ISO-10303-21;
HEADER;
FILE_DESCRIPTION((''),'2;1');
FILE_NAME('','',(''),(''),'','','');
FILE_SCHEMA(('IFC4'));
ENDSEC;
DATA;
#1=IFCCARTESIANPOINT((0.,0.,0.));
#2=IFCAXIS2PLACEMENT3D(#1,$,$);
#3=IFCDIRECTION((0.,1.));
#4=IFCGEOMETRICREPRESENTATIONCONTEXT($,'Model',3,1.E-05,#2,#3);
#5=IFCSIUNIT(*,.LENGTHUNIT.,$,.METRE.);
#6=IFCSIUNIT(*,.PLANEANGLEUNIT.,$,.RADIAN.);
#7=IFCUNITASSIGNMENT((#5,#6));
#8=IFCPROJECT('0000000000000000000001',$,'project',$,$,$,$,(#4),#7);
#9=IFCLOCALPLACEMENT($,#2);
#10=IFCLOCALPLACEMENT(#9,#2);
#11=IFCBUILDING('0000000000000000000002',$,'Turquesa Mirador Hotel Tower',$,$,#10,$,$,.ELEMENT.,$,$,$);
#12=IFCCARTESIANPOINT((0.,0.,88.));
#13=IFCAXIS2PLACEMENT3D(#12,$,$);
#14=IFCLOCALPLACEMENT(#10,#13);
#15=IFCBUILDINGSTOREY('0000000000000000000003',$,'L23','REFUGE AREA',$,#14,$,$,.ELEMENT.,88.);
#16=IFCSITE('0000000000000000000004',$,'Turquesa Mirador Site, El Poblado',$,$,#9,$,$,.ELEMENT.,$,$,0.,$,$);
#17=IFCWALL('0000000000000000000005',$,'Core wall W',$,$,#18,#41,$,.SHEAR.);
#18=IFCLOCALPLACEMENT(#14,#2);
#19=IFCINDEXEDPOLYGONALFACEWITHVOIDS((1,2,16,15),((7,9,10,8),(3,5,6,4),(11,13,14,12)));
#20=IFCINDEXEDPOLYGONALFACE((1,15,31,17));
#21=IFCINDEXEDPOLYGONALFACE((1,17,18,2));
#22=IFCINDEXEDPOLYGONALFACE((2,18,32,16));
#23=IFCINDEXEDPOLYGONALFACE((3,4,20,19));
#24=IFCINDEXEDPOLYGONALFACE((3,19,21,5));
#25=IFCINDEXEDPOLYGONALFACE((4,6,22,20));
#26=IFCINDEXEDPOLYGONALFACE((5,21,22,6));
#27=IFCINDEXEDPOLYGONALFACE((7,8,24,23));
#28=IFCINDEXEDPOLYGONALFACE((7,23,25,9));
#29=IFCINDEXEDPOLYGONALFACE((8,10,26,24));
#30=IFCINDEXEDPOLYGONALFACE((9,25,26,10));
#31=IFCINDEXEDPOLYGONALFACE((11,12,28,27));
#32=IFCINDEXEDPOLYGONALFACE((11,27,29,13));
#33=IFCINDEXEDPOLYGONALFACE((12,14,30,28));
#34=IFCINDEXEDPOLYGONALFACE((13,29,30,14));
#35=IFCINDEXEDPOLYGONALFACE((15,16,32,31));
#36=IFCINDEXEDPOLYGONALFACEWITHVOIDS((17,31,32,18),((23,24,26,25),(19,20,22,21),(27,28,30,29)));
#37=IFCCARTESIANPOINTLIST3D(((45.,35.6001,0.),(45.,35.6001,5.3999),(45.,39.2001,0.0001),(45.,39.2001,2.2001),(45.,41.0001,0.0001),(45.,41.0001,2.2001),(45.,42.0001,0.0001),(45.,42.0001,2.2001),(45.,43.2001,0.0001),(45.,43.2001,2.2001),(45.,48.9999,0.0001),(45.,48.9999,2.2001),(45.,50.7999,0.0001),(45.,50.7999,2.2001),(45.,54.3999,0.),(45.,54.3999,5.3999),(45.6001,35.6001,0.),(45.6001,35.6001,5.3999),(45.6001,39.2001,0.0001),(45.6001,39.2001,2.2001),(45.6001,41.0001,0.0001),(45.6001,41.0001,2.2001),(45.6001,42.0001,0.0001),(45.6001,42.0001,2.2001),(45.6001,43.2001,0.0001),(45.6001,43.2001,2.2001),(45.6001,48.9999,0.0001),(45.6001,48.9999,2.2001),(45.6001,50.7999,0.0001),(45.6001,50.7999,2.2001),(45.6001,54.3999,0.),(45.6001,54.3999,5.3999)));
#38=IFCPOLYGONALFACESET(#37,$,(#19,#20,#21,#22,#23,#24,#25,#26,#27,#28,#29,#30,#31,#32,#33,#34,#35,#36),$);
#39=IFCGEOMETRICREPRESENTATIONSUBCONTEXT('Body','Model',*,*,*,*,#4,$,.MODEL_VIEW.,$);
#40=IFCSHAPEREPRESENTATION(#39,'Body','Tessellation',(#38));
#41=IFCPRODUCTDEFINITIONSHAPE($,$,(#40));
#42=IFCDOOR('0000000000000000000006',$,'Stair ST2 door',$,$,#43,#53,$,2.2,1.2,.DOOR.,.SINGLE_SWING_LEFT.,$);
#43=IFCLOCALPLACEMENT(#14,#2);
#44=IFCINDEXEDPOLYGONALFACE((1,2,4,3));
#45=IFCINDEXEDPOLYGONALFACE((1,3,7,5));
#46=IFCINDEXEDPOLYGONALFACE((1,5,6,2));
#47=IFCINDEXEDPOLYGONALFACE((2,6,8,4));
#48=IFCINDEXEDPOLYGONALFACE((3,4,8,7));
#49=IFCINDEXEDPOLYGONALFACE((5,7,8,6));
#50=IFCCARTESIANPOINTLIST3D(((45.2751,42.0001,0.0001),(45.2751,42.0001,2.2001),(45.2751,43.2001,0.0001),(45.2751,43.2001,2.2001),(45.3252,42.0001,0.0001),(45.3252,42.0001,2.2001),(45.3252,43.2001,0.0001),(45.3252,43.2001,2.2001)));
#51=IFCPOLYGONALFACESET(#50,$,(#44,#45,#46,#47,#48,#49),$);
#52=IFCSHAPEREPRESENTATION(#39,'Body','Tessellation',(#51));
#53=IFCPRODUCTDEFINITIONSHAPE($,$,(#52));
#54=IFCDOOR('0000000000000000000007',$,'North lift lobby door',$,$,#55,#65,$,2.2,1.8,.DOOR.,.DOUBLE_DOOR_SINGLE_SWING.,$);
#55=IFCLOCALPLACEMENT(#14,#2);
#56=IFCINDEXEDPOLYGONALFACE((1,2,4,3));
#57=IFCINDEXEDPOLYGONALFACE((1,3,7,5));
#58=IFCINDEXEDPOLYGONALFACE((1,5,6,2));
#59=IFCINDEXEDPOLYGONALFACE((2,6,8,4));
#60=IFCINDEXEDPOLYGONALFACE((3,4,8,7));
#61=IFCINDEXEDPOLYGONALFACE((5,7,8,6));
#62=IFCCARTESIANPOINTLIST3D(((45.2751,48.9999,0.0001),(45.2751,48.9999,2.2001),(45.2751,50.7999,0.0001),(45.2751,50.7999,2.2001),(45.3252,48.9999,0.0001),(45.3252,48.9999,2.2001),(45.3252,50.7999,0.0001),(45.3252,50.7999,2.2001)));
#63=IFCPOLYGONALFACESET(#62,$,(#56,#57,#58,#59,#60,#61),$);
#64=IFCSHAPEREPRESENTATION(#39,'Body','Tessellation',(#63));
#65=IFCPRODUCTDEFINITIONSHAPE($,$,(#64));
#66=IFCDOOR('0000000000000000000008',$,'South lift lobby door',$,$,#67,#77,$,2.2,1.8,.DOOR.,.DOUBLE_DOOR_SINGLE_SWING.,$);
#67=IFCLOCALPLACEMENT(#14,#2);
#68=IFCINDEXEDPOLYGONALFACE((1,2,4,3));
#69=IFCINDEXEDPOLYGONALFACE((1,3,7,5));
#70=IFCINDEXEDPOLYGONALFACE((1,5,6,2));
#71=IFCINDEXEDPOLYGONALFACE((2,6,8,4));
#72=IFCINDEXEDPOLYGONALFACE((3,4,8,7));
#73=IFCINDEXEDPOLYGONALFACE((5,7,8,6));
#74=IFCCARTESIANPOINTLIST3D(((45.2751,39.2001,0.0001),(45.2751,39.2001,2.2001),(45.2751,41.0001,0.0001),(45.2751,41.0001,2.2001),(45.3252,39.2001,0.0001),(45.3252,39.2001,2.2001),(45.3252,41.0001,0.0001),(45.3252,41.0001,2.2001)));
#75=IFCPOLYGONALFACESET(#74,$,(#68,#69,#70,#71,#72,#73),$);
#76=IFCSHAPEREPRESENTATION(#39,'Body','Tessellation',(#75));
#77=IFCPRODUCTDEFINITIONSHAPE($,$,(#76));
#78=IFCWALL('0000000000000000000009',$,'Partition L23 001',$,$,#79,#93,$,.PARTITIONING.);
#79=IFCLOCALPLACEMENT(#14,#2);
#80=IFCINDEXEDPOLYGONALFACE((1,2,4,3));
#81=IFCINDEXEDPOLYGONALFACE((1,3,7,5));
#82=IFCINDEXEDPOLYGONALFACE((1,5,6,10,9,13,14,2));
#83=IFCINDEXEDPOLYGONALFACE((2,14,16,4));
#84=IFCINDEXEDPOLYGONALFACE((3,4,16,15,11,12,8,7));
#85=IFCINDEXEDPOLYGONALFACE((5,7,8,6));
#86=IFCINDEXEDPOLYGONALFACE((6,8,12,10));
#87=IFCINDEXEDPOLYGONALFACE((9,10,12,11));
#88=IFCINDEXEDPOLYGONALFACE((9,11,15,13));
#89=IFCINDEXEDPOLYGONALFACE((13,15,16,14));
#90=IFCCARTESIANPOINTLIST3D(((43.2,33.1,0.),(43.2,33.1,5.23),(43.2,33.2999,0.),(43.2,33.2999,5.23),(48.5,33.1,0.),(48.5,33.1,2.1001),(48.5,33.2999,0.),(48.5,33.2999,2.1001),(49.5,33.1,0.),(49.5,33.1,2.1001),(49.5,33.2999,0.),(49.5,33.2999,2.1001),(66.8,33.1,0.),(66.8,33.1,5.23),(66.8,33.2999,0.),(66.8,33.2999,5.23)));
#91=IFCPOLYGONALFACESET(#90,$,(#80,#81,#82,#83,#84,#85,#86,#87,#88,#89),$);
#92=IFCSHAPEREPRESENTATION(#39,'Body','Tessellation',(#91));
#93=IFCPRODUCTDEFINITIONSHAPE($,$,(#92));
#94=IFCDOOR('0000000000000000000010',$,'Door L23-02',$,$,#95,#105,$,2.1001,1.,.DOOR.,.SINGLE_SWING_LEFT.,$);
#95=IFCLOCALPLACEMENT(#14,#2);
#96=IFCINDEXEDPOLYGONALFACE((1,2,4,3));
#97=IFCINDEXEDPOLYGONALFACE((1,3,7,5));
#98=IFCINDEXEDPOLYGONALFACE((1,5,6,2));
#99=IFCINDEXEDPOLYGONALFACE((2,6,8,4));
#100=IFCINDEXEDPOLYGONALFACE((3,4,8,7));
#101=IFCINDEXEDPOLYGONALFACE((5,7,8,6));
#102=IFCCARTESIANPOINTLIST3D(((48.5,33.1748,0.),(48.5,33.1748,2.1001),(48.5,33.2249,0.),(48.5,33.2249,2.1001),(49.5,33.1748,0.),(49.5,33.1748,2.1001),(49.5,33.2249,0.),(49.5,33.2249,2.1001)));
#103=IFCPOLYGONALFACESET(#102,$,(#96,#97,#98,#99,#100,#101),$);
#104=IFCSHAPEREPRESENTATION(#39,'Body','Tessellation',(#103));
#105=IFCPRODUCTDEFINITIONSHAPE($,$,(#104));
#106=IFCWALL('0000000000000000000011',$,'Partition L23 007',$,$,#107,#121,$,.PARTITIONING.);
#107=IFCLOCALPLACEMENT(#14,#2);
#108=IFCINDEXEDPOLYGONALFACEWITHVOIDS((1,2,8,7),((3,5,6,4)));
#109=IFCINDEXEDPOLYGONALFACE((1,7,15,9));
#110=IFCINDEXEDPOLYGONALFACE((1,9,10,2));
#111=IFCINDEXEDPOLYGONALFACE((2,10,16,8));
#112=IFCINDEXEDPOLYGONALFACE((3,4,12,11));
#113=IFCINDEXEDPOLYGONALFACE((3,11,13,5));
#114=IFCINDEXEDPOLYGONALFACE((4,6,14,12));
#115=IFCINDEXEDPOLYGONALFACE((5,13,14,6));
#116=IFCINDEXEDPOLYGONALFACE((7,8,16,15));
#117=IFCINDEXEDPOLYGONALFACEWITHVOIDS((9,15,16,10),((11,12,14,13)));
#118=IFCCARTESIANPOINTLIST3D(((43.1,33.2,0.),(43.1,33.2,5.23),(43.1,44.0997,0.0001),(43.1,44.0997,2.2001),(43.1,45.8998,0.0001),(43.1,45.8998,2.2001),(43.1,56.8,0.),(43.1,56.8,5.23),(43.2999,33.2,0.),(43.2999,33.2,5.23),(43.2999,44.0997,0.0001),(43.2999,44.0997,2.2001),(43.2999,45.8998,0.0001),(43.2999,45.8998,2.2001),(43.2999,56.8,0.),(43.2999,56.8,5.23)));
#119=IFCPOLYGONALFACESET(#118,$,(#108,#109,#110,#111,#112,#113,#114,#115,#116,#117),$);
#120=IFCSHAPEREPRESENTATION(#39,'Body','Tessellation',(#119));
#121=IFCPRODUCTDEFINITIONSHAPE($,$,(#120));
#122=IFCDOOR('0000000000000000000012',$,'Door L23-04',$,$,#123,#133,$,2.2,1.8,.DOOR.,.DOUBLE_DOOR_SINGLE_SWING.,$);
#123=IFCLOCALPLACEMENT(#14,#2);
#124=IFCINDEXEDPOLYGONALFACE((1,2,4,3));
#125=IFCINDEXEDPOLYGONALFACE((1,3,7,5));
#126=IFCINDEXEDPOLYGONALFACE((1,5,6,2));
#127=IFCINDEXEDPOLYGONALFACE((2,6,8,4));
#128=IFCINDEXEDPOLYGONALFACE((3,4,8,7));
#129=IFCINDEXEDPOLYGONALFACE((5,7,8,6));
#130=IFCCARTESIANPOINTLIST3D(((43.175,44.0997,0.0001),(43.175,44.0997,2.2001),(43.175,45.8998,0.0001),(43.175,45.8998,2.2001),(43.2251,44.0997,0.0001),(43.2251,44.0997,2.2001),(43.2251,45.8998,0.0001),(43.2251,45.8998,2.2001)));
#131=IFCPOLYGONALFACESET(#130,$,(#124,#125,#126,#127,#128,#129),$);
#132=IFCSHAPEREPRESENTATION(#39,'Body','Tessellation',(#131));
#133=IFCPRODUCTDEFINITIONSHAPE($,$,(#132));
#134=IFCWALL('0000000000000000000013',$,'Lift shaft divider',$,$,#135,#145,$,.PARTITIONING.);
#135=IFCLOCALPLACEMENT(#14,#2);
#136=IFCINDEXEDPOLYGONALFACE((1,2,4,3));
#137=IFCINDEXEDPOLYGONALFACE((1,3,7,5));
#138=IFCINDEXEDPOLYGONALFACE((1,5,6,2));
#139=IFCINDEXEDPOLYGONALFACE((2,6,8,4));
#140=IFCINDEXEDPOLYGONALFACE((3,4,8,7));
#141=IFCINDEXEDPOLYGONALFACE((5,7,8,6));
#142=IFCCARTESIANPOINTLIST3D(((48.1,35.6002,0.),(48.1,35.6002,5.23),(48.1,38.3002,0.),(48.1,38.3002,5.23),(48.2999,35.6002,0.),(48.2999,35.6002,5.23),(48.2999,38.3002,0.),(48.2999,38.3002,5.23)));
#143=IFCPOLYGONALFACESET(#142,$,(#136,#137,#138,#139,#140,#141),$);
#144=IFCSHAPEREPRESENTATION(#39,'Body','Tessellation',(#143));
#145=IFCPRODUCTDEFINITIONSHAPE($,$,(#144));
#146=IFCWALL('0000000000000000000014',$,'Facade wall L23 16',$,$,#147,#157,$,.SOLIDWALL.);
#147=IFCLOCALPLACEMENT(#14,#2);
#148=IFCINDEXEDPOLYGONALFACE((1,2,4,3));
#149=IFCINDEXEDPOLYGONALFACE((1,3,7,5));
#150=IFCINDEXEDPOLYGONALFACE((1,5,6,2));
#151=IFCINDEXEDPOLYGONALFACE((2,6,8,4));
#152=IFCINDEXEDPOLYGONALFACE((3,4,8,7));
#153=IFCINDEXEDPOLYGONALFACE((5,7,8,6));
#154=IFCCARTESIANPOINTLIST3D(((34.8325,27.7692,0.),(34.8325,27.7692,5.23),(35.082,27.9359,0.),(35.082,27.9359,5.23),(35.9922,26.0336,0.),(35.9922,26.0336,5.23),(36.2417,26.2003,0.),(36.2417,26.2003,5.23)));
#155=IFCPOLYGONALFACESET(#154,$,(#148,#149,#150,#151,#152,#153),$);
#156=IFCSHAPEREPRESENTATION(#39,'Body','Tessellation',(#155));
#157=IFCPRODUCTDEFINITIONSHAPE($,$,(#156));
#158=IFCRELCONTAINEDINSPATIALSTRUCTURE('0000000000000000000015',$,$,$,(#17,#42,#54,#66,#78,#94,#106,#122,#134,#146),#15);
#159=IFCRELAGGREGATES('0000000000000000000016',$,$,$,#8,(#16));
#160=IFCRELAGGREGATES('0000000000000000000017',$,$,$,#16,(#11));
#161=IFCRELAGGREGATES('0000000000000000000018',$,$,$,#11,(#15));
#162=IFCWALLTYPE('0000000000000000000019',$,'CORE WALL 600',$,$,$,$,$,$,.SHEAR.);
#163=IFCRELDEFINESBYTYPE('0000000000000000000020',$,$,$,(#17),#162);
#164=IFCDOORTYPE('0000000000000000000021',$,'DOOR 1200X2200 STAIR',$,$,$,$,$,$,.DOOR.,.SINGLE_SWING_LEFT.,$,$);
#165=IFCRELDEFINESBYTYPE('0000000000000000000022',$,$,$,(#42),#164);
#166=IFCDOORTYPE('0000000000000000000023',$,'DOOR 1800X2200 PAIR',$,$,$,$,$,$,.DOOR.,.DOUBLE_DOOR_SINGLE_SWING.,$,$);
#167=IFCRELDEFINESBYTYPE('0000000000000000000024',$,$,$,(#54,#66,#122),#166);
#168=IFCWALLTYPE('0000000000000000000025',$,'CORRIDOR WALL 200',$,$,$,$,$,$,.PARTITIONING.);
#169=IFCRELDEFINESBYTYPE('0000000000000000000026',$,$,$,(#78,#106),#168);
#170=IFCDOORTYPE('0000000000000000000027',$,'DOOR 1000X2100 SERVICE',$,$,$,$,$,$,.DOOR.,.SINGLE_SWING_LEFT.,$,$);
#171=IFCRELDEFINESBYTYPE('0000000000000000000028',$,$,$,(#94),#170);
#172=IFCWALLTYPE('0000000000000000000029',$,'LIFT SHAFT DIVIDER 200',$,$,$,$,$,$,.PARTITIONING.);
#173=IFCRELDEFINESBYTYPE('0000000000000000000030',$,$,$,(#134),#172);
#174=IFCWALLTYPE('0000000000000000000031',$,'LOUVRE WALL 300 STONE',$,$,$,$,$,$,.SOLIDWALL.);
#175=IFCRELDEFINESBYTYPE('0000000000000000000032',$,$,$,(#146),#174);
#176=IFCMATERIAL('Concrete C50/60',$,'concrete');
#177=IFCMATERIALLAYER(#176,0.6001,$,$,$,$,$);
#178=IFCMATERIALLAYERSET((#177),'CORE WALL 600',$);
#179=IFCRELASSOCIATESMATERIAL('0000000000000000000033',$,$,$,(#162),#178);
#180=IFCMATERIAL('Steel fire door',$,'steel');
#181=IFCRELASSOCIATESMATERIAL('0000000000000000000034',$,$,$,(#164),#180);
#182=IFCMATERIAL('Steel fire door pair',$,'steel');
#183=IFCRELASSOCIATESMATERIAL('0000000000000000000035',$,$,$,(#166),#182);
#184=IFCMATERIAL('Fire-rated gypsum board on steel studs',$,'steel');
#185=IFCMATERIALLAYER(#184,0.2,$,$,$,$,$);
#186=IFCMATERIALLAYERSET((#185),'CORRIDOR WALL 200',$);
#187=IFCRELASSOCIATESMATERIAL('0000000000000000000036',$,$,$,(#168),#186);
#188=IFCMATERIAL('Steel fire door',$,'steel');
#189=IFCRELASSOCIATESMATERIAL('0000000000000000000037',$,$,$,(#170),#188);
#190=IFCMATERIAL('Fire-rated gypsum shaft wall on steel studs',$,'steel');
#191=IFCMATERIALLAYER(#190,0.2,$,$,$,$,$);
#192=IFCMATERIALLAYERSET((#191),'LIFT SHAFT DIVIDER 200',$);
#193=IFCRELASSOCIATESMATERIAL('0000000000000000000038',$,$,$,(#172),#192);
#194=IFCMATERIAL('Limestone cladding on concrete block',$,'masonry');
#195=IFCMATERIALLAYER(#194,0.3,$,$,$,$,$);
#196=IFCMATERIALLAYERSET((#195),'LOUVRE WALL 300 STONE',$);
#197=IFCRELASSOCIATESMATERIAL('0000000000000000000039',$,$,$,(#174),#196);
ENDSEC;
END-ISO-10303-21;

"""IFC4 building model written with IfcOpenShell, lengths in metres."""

from ifc_helpers import new_model, si_unit, direction, frame, frame_2d, origin, place, context, subcontext, project, spatial, rectangle, extrude, material, layer, layer_set, type_object, element, fill, save


model = new_model("IFC4")

# Units and contexts
model_context = context("Model", 3, precision=1e-05, world=origin(), true_north=direction((0.0, 1.0)))
body_context = subcontext(model_context, "Body", "Model", "MODEL_VIEW")
ifc_project = project(units=[si_unit("LENGTHUNIT", "METRE"), si_unit("PLANEANGLEUNIT", "RADIAN")], contexts=[model_context])

# Site, building, storey
site_placement = place(None, origin())
site = spatial("IfcSite", under=ifc_project, at=site_placement, Name="Turquesa Mirador Site, El Poblado", CompositionType="ELEMENT", RefElevation=0.0)
building_placement = place(site_placement, origin())
building = spatial("IfcBuilding", under=site, at=building_placement, Name="Turquesa Mirador Hotel Tower", CompositionType="ELEMENT")
storey_placement = place(building_placement, frame((0.0, 0.0, 88.0)))
storey = spatial("IfcBuildingStorey", under=building, at=storey_placement, Name="L23", Description="REFUGE AREA", CompositionType="ELEMENT", Elevation=88.0)

# Shared definitions
ifc_material_1 = material(Name="Concrete C50/60", Category="concrete")
ifc_layer_1 = layer(ifc_material_1, 0.6001)
ifc_layer_set_1 = layer_set([ifc_layer_1], Name="CORE WALL 600")
wall_type_1 = type_object("IfcWallType", Name="CORE WALL 600", PredefinedType="SHEAR", material=ifc_layer_set_1)

# Wall, openings, doors
wall_1_placement = place(storey_placement, frame((45.3, 35.6001, 0.0), z_axis=(0.0, 0.0, 1.0), x_axis=(0.0, 1.0, 0.0)))
wall_1 = element("IfcWall", 1, at=wall_1_placement, inside=storey, type_object=wall_type_1, Name="Core wall W", PredefinedType="SHEAR", context=body_context, shape_type="SweptSolid", body=[
    extrude(rectangle(XDim=18.7998, YDim=0.6001, at=frame_2d((9.3999, 0.0))), origin(), (0.0, 0.0, 1.0), 5.3999),
])
opening_1_placement = place(wall_1_placement, frame((13.3999, 0.0, 0.0)))
opening_1 = element("IfcOpeningElement", 2, at=opening_1_placement, cuts=wall_1, PredefinedType="OPENING", context=body_context, shape_type="SweptSolid", body=[
    extrude(rectangle(XDim=1.8, YDim=2.2, at=frame_2d((0.8999, 1.1001))), frame((0.0, 0.3101, 0.0), z_axis=(0.0, -1.0, 0.0), x_axis=(1.0, 0.0, 0.0)), (0.0, 0.0, 1.0), 0.6201),
])
opening_2_placement = place(wall_1_placement, frame((3.6001, 0.0, 0.0)))
opening_2 = element("IfcOpeningElement", 3, at=opening_2_placement, cuts=wall_1, PredefinedType="OPENING", context=body_context, shape_type="SweptSolid", body=[
    extrude(rectangle(XDim=1.8, YDim=2.2, at=frame_2d((0.8999, 1.1001))), frame((0.0, 0.3101, 0.0), z_axis=(0.0, -1.0, 0.0), x_axis=(1.0, 0.0, 0.0)), (0.0, 0.0, 1.0), 0.6201),
])
opening_3_placement = place(wall_1_placement, frame((6.3999, 0.0, 0.0)))
opening_3 = element("IfcOpeningElement", 4, at=opening_3_placement, cuts=wall_1, PredefinedType="OPENING", context=body_context, shape_type="SweptSolid", body=[
    extrude(rectangle(XDim=1.2, YDim=2.2, at=frame_2d((0.6001, 1.1001))), frame((0.0, 0.3101, 0.0), z_axis=(0.0, -1.0, 0.0), x_axis=(1.0, 0.0, 0.0)), (0.0, 0.0, 1.0), 0.6201),
])
ifc_material_2 = material(Name="Steel fire door", Category="steel")
door_type_1 = type_object("IfcDoorType", Name="DOOR 1200X2200 STAIR", OperationType="SINGLE_SWING_LEFT", PredefinedType="DOOR", material=ifc_material_2)
door_1_placement = place(opening_3_placement, origin())
door_1 = element("IfcDoor", 5, at=door_1_placement, inside=storey, type_object=door_type_1, Name="Stair ST2 door", OperationType="SINGLE_SWING_LEFT", OverallHeight=2.2, OverallWidth=1.2, PredefinedType="DOOR", context=body_context, shape_type="SweptSolid", body=[
    extrude(rectangle(XDim=1.2, YDim=2.2, at=frame_2d((0.6001, 1.1001))), frame((0.0, 0.0249, 0.0), z_axis=(0.0, -1.0, 0.0), x_axis=(1.0, 0.0, 0.0)), (0.0, 0.0, 1.0), 0.05),
])
fill(opening_3, door_1)
ifc_material_3 = material(Name="Steel fire door pair", Category="steel")
door_type_2 = type_object("IfcDoorType", Name="DOOR 1800X2200 PAIR", OperationType="DOUBLE_DOOR_SINGLE_SWING", PredefinedType="DOOR", material=ifc_material_3)
door_2_placement = place(opening_1_placement, origin())
door_2 = element("IfcDoor", 6, at=door_2_placement, inside=storey, type_object=door_type_2, Name="North lift lobby door", OperationType="DOUBLE_DOOR_SINGLE_SWING", OverallHeight=2.2, OverallWidth=1.8, PredefinedType="DOOR", context=body_context, shape_type="SweptSolid", body=[
    extrude(rectangle(XDim=1.8, YDim=2.2, at=frame_2d((0.8999, 1.1001))), frame((0.0, 0.0249, 0.0), z_axis=(0.0, -1.0, 0.0), x_axis=(1.0, 0.0, 0.0)), (0.0, 0.0, 1.0), 0.05),
])
fill(opening_1, door_2)
door_3_placement = place(opening_2_placement, origin())
door_3 = element("IfcDoor", 7, at=door_3_placement, inside=storey, type_object=door_type_2, Name="South lift lobby door", OperationType="DOUBLE_DOOR_SINGLE_SWING", OverallHeight=2.2, OverallWidth=1.8, PredefinedType="DOOR", context=body_context, shape_type="SweptSolid", body=[
    extrude(rectangle(XDim=1.8, YDim=2.2, at=frame_2d((0.8999, 1.1001))), frame((0.0, 0.0249, 0.0), z_axis=(0.0, -1.0, 0.0), x_axis=(1.0, 0.0, 0.0)), (0.0, 0.0, 1.0), 0.05),
])
fill(opening_2, door_3)

# Walls, openings, doors
ifc_material_4 = material(Name="Fire-rated gypsum board on steel studs", Category="steel")
ifc_layer_2 = layer(ifc_material_4, 0.2)
ifc_layer_set_2 = layer_set([ifc_layer_2], Name="CORRIDOR WALL 200")
wall_type_2 = type_object("IfcWallType", Name="CORRIDOR WALL 200", PredefinedType="PARTITIONING", material=ifc_layer_set_2)
wall_2_placement = place(storey_placement, frame((43.2, 33.2, 0.0), z_axis=(0.0, 0.0, 1.0), x_axis=(1.0, 0.0, 0.0)))
wall_2 = element("IfcWall", 8, at=wall_2_placement, inside=storey, type_object=wall_type_2, Name="Partition L23 001", PredefinedType="PARTITIONING", context=body_context, shape_type="SweptSolid", body=[
    extrude(rectangle(XDim=23.6001, YDim=0.2, at=frame_2d((11.8, 0.0))), origin(), (0.0, 0.0, 1.0), 5.23),
])
opening_4_placement = place(wall_2_placement, frame((5.3, 0.0, 0.0)))
opening_4 = element("IfcOpeningElement", 9, at=opening_4_placement, cuts=wall_2, PredefinedType="OPENING", context=body_context, shape_type="SweptSolid", body=[
    extrude(rectangle(XDim=1.0, YDim=2.1001, at=frame_2d((0.5, 1.05))), frame((0.0, 0.1099, 0.0), z_axis=(0.0, -1.0, 0.0), x_axis=(1.0, 0.0, 0.0)), (0.0, 0.0, 1.0), 0.22),
])
ifc_material_5 = material(Name="Steel fire door", Category="steel")
door_type_3 = type_object("IfcDoorType", Name="DOOR 1000X2100 SERVICE", OperationType="SINGLE_SWING_LEFT", PredefinedType="DOOR", material=ifc_material_5)
door_4_placement = place(opening_4_placement, origin())
door_4 = element("IfcDoor", 10, at=door_4_placement, inside=storey, type_object=door_type_3, Name="Door L23-02", OperationType="SINGLE_SWING_LEFT", OverallHeight=2.1001, OverallWidth=1.0, PredefinedType="DOOR", context=body_context, shape_type="SweptSolid", body=[
    extrude(rectangle(XDim=1.0, YDim=2.1001, at=frame_2d((0.5, 1.05))), frame((0.0, 0.0249, 0.0), z_axis=(0.0, -1.0, 0.0), x_axis=(1.0, 0.0, 0.0)), (0.0, 0.0, 1.0), 0.05),
])
fill(opening_4, door_4)
wall_3_placement = place(storey_placement, frame((43.2, 33.2, 0.0), z_axis=(0.0, 0.0, 1.0), x_axis=(0.0, 1.0, 0.0)))
wall_3 = element("IfcWall", 11, at=wall_3_placement, inside=storey, type_object=wall_type_2, Name="Partition L23 007", PredefinedType="PARTITIONING", context=body_context, shape_type="SweptSolid", body=[
    extrude(rectangle(XDim=23.6001, YDim=0.2, at=frame_2d((11.8, 0.0))), origin(), (0.0, 0.0, 1.0), 5.23),
])
opening_5_placement = place(wall_3_placement, frame((10.8999, 0.0, 0.0)))
opening_5 = element("IfcOpeningElement", 12, at=opening_5_placement, cuts=wall_3, PredefinedType="OPENING", context=body_context, shape_type="SweptSolid", body=[
    extrude(rectangle(XDim=1.8, YDim=2.2, at=frame_2d((0.8999, 1.1001))), frame((0.0, 0.1099, 0.0), z_axis=(0.0, -1.0, 0.0), x_axis=(1.0, 0.0, 0.0)), (0.0, 0.0, 1.0), 0.22),
])
door_5_placement = place(opening_5_placement, origin())
door_5 = element("IfcDoor", 13, at=door_5_placement, inside=storey, type_object=door_type_2, Name="Door L23-04", OperationType="DOUBLE_DOOR_SINGLE_SWING", OverallHeight=2.2, OverallWidth=1.8, PredefinedType="DOOR", context=body_context, shape_type="SweptSolid", body=[
    extrude(rectangle(XDim=1.8, YDim=2.2, at=frame_2d((0.8999, 1.1001))), frame((0.0, 0.0249, 0.0), z_axis=(0.0, -1.0, 0.0), x_axis=(1.0, 0.0, 0.0)), (0.0, 0.0, 1.0), 0.05),
])
fill(opening_5, door_5)

# Walls
ifc_material_6 = material(Name="Fire-rated gypsum shaft wall on steel studs", Category="steel")
ifc_layer_3 = layer(ifc_material_6, 0.2)
ifc_layer_set_3 = layer_set([ifc_layer_3], Name="LIFT SHAFT DIVIDER 200")
wall_type_3 = type_object("IfcWallType", Name="LIFT SHAFT DIVIDER 200", PredefinedType="PARTITIONING", material=ifc_layer_set_3)
wall_4_placement = place(storey_placement, frame((48.2, 35.6001, 0.0), z_axis=(0.0, 0.0, 1.0), x_axis=(0.0, 1.0, 0.0)))
element("IfcWall", 14, at=wall_4_placement, inside=storey, type_object=wall_type_3, Name="Lift shaft divider", PredefinedType="PARTITIONING", context=body_context, shape_type="SweptSolid", body=[
    extrude(rectangle(XDim=2.7, YDim=0.2, at=frame_2d((1.3501, 0.0))), origin(), (0.0, 0.0, 1.0), 5.23),
])
ifc_material_7 = material(Name="Limestone cladding on concrete block", Category="masonry")
ifc_layer_4 = layer(ifc_material_7, 0.3)
ifc_layer_set_4 = layer_set([ifc_layer_4], Name="LOUVRE WALL 300 STONE")
wall_type_4 = type_object("IfcWallType", Name="LOUVRE WALL 300 STONE", PredefinedType="SOLIDWALL", material=ifc_layer_set_4)
for number, where, z_axis, x_axis, name in (
    (15, (34.9573, 27.8525, 0.0), (0.0, 0.0, 1.0), (0.555564, -0.831474, 0.0), "Facade wall L23 16"),
):
    element("IfcWall", number, at=place(storey_placement, frame(where, z_axis=z_axis, x_axis=x_axis)), inside=storey, type_object=wall_type_4, Name=name, PredefinedType="SOLIDWALL", context=body_context, shape_type="SweptSolid", body=[
        extrude(rectangle(XDim=2.0874, YDim=0.3, at=frame_2d((1.0437, 0.0))), origin(), (0.0, 0.0, 1.0), 5.23),
    ])

save(model, "model.ifc")
